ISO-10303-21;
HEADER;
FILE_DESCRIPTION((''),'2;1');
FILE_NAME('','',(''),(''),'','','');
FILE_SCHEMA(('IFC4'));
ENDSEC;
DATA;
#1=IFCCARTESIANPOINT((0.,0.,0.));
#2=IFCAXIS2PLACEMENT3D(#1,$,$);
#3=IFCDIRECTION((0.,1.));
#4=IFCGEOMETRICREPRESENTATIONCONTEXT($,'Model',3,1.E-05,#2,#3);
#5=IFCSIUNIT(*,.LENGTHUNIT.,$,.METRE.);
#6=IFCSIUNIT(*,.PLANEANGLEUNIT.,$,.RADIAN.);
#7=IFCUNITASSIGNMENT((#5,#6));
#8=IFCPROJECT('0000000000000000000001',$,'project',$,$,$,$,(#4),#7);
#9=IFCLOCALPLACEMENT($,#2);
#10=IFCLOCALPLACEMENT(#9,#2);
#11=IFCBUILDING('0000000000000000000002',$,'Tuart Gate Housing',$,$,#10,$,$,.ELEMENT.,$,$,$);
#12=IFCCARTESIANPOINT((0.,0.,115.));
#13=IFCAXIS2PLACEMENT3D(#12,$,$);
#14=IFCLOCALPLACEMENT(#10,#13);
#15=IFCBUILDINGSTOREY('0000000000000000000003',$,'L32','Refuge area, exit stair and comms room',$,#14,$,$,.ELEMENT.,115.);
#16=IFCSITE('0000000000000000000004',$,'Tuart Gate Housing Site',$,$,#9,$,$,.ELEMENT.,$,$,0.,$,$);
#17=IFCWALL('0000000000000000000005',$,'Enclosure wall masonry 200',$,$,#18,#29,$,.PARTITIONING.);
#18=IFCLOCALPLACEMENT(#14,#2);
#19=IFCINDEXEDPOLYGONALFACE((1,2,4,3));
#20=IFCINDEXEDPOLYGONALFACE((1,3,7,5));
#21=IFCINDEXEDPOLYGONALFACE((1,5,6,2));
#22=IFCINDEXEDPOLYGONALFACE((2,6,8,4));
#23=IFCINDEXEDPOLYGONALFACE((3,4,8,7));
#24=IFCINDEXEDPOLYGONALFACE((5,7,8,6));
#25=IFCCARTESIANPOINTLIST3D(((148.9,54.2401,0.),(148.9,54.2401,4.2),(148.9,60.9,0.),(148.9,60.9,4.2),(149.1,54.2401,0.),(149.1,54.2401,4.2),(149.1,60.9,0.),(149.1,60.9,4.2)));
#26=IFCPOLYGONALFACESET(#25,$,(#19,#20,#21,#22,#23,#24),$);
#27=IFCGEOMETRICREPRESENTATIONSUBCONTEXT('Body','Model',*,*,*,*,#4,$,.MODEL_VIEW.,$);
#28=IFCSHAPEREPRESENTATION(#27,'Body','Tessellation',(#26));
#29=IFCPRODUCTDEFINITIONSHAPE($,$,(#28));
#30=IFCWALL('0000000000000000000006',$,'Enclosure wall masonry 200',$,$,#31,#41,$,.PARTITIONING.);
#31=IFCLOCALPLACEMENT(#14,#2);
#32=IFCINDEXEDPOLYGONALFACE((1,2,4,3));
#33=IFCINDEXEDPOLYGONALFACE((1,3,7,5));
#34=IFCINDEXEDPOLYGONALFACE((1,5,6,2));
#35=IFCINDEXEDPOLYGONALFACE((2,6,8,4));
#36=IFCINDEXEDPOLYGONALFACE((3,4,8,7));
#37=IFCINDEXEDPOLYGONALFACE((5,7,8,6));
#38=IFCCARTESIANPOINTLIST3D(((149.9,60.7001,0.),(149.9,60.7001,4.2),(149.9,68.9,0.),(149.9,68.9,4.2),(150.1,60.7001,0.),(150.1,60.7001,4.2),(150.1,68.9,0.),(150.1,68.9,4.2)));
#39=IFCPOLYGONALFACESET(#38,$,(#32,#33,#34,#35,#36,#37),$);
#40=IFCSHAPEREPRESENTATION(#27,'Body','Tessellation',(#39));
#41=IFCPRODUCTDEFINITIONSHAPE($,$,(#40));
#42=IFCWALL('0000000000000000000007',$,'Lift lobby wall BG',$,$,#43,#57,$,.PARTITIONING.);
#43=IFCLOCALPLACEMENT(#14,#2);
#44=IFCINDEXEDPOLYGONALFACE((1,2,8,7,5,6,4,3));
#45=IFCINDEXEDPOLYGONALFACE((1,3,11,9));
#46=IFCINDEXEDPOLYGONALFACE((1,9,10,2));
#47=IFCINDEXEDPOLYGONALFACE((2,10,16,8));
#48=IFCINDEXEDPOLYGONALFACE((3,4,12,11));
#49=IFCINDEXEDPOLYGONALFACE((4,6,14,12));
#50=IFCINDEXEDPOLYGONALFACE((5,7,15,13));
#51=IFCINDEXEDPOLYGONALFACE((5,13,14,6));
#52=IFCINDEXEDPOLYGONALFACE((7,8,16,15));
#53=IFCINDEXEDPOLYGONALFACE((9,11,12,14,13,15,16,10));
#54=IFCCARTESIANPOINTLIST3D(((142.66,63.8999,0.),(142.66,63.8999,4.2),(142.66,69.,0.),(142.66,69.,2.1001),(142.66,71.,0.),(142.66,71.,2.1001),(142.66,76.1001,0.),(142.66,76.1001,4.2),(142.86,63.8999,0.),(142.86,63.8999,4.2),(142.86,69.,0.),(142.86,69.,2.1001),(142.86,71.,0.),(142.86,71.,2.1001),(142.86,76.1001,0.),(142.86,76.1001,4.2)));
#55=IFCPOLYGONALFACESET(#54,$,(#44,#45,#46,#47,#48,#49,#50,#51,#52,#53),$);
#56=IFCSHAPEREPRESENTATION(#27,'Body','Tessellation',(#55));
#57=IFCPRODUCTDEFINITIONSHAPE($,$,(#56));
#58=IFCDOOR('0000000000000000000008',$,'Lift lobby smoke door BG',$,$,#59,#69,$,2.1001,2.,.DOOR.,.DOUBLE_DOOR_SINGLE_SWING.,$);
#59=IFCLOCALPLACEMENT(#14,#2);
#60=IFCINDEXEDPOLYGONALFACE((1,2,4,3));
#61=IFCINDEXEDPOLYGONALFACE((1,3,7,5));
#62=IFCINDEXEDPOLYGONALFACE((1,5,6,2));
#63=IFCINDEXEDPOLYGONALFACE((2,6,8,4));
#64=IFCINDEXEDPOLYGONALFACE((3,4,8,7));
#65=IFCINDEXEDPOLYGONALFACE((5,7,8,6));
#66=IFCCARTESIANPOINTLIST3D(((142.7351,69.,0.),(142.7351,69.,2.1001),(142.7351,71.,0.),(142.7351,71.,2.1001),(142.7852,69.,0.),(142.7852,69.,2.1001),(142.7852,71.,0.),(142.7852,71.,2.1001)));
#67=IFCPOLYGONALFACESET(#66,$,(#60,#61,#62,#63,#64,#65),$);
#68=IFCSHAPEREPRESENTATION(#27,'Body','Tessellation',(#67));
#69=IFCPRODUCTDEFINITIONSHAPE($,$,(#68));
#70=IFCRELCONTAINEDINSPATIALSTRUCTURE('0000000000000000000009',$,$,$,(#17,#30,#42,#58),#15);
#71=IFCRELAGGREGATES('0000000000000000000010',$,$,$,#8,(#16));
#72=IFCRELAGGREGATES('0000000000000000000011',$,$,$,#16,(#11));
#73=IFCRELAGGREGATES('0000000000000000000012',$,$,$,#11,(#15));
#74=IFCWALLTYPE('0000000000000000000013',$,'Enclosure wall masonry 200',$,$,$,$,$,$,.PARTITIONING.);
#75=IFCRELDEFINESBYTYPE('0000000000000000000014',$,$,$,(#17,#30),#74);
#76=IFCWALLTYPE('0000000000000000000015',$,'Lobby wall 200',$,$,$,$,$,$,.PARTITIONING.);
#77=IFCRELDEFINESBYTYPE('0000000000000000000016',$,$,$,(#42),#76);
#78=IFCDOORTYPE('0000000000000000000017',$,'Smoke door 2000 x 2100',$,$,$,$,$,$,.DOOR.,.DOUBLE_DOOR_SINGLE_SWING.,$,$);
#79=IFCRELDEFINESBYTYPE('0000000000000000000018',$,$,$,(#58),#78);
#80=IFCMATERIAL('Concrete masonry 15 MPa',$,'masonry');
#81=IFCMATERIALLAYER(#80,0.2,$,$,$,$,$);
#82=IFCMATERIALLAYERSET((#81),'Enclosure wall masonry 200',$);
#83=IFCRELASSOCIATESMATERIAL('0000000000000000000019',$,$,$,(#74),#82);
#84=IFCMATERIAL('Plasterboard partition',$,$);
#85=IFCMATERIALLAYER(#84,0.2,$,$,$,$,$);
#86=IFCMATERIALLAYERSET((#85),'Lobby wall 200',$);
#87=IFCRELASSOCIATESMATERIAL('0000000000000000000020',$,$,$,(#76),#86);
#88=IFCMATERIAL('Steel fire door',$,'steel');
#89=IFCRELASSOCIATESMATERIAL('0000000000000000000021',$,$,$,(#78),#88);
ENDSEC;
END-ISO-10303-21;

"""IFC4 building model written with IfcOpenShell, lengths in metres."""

from ifc_helpers import new_model, si_unit, direction, frame, frame_2d, origin, place, context, subcontext, project, spatial, rectangle, extrude, material, layer, layer_set, type_object, element, fill, save


model = new_model("IFC4")

# Units and contexts
model_context = context("Model", 3, precision=1e-05, world=origin(), true_north=direction((0.0, 1.0)))
body_context = subcontext(model_context, "Body", "Model", "MODEL_VIEW")
ifc_project = project(units=[si_unit("LENGTHUNIT", "METRE"), si_unit("PLANEANGLEUNIT", "RADIAN")], contexts=[model_context])

# Site, building, storey
site_placement = place(None, origin())
site = spatial("IfcSite", under=ifc_project, at=site_placement, Name="Tuart Gate Housing Site", CompositionType="ELEMENT", RefElevation=0.0)
building_placement = place(site_placement, origin())
building = spatial("IfcBuilding", under=site, at=building_placement, Name="Tuart Gate Housing", CompositionType="ELEMENT")
storey_placement = place(building_placement, frame((0.0, 0.0, 115.0)))
storey = spatial("IfcBuildingStorey", under=building, at=storey_placement, Name="L32", Description="Refuge area, exit stair and comms room", CompositionType="ELEMENT", Elevation=115.0)

# Walls
ifc_material_1 = material(Name="Concrete masonry 15 MPa", Category="masonry")
ifc_layer_1 = layer(ifc_material_1, 0.2)
ifc_layer_set_1 = layer_set([ifc_layer_1], Name="Enclosure wall masonry 200")
wall_type_1 = type_object("IfcWallType", Name="Enclosure wall masonry 200", PredefinedType="PARTITIONING", material=ifc_layer_set_1)
wall_1_placement = place(storey_placement, frame((149.0, 54.24, 0.0), z_axis=(0.0, 0.0, 1.0), x_axis=(0.0, 1.0, 0.0)))
element("IfcWall", 1, at=wall_1_placement, inside=storey, type_object=wall_type_1, Name="Enclosure wall masonry 200", PredefinedType="PARTITIONING", context=body_context, shape_type="SweptSolid", body=[
    extrude(rectangle(XDim=6.6599, YDim=0.2, at=frame_2d((3.3301, 0.0))), origin(), (0.0, 0.0, 1.0), 4.2),
])
wall_2_placement = place(storey_placement, frame((150.0, 60.7, 0.0), z_axis=(0.0, 0.0, 1.0), x_axis=(0.0, 1.0, 0.0)))
element("IfcWall", 2, at=wall_2_placement, inside=storey, type_object=wall_type_1, Name="Enclosure wall masonry 200", PredefinedType="PARTITIONING", context=body_context, shape_type="SweptSolid", body=[
    extrude(rectangle(XDim=8.2, YDim=0.2, at=frame_2d((4.1001, 0.0))), origin(), (0.0, 0.0, 1.0), 4.2),
])

# Wall, opening, door
ifc_material_2 = material(Name="Plasterboard partition")
ifc_layer_2 = layer(ifc_material_2, 0.2)
ifc_layer_set_2 = layer_set([ifc_layer_2], Name="Lobby wall 200")
wall_type_2 = type_object("IfcWallType", Name="Lobby wall 200", PredefinedType="PARTITIONING", material=ifc_layer_set_2)
wall_3_placement = place(storey_placement, frame((142.76, 63.8999, 0.0), z_axis=(0.0, 0.0, 1.0), x_axis=(0.0, 1.0, 0.0)))
wall_3 = element("IfcWall", 3, at=wall_3_placement, inside=storey, type_object=wall_type_2, Name="Lift lobby wall BG", PredefinedType="PARTITIONING", context=body_context, shape_type="SweptSolid", body=[
    extrude(rectangle(XDim=12.2002, YDim=0.2, at=frame_2d((6.1001, 0.0))), origin(), (0.0, 0.0, 1.0), 4.2),
])
opening_placement = place(wall_3_placement, frame((5.1001, 0.0, 0.0)))
opening = element("IfcOpeningElement", 4, at=opening_placement, cuts=wall_3, PredefinedType="OPENING", context=body_context, shape_type="SweptSolid", body=[
    extrude(rectangle(XDim=2.0, YDim=2.1001, at=frame_2d((1.0, 1.05))), frame((0.0, 0.1099, 0.0), z_axis=(0.0, -1.0, 0.0), x_axis=(1.0, 0.0, 0.0)), (0.0, 0.0, 1.0), 0.22),
])
ifc_material_3 = material(Name="Steel fire door", Category="steel")
door_type = type_object("IfcDoorType", Name="Smoke door 2000 x 2100", OperationType="DOUBLE_DOOR_SINGLE_SWING", PredefinedType="DOOR", material=ifc_material_3)
door_placement = place(opening_placement, origin())
door = element("IfcDoor", 5, at=door_placement, inside=storey, type_object=door_type, Name="Lift lobby smoke door BG", OperationType="DOUBLE_DOOR_SINGLE_SWING", OverallHeight=2.1001, OverallWidth=2.0, PredefinedType="DOOR", context=body_context, shape_type="SweptSolid", body=[
    extrude(rectangle(XDim=2.0, YDim=2.1001, at=frame_2d((1.0, 1.05))), frame((0.0, 0.0249, 0.0), z_axis=(0.0, -1.0, 0.0), x_axis=(1.0, 0.0, 0.0)), (0.0, 0.0, 1.0), 0.05),
])
fill(opening, door)

save(model, "model.ifc")
